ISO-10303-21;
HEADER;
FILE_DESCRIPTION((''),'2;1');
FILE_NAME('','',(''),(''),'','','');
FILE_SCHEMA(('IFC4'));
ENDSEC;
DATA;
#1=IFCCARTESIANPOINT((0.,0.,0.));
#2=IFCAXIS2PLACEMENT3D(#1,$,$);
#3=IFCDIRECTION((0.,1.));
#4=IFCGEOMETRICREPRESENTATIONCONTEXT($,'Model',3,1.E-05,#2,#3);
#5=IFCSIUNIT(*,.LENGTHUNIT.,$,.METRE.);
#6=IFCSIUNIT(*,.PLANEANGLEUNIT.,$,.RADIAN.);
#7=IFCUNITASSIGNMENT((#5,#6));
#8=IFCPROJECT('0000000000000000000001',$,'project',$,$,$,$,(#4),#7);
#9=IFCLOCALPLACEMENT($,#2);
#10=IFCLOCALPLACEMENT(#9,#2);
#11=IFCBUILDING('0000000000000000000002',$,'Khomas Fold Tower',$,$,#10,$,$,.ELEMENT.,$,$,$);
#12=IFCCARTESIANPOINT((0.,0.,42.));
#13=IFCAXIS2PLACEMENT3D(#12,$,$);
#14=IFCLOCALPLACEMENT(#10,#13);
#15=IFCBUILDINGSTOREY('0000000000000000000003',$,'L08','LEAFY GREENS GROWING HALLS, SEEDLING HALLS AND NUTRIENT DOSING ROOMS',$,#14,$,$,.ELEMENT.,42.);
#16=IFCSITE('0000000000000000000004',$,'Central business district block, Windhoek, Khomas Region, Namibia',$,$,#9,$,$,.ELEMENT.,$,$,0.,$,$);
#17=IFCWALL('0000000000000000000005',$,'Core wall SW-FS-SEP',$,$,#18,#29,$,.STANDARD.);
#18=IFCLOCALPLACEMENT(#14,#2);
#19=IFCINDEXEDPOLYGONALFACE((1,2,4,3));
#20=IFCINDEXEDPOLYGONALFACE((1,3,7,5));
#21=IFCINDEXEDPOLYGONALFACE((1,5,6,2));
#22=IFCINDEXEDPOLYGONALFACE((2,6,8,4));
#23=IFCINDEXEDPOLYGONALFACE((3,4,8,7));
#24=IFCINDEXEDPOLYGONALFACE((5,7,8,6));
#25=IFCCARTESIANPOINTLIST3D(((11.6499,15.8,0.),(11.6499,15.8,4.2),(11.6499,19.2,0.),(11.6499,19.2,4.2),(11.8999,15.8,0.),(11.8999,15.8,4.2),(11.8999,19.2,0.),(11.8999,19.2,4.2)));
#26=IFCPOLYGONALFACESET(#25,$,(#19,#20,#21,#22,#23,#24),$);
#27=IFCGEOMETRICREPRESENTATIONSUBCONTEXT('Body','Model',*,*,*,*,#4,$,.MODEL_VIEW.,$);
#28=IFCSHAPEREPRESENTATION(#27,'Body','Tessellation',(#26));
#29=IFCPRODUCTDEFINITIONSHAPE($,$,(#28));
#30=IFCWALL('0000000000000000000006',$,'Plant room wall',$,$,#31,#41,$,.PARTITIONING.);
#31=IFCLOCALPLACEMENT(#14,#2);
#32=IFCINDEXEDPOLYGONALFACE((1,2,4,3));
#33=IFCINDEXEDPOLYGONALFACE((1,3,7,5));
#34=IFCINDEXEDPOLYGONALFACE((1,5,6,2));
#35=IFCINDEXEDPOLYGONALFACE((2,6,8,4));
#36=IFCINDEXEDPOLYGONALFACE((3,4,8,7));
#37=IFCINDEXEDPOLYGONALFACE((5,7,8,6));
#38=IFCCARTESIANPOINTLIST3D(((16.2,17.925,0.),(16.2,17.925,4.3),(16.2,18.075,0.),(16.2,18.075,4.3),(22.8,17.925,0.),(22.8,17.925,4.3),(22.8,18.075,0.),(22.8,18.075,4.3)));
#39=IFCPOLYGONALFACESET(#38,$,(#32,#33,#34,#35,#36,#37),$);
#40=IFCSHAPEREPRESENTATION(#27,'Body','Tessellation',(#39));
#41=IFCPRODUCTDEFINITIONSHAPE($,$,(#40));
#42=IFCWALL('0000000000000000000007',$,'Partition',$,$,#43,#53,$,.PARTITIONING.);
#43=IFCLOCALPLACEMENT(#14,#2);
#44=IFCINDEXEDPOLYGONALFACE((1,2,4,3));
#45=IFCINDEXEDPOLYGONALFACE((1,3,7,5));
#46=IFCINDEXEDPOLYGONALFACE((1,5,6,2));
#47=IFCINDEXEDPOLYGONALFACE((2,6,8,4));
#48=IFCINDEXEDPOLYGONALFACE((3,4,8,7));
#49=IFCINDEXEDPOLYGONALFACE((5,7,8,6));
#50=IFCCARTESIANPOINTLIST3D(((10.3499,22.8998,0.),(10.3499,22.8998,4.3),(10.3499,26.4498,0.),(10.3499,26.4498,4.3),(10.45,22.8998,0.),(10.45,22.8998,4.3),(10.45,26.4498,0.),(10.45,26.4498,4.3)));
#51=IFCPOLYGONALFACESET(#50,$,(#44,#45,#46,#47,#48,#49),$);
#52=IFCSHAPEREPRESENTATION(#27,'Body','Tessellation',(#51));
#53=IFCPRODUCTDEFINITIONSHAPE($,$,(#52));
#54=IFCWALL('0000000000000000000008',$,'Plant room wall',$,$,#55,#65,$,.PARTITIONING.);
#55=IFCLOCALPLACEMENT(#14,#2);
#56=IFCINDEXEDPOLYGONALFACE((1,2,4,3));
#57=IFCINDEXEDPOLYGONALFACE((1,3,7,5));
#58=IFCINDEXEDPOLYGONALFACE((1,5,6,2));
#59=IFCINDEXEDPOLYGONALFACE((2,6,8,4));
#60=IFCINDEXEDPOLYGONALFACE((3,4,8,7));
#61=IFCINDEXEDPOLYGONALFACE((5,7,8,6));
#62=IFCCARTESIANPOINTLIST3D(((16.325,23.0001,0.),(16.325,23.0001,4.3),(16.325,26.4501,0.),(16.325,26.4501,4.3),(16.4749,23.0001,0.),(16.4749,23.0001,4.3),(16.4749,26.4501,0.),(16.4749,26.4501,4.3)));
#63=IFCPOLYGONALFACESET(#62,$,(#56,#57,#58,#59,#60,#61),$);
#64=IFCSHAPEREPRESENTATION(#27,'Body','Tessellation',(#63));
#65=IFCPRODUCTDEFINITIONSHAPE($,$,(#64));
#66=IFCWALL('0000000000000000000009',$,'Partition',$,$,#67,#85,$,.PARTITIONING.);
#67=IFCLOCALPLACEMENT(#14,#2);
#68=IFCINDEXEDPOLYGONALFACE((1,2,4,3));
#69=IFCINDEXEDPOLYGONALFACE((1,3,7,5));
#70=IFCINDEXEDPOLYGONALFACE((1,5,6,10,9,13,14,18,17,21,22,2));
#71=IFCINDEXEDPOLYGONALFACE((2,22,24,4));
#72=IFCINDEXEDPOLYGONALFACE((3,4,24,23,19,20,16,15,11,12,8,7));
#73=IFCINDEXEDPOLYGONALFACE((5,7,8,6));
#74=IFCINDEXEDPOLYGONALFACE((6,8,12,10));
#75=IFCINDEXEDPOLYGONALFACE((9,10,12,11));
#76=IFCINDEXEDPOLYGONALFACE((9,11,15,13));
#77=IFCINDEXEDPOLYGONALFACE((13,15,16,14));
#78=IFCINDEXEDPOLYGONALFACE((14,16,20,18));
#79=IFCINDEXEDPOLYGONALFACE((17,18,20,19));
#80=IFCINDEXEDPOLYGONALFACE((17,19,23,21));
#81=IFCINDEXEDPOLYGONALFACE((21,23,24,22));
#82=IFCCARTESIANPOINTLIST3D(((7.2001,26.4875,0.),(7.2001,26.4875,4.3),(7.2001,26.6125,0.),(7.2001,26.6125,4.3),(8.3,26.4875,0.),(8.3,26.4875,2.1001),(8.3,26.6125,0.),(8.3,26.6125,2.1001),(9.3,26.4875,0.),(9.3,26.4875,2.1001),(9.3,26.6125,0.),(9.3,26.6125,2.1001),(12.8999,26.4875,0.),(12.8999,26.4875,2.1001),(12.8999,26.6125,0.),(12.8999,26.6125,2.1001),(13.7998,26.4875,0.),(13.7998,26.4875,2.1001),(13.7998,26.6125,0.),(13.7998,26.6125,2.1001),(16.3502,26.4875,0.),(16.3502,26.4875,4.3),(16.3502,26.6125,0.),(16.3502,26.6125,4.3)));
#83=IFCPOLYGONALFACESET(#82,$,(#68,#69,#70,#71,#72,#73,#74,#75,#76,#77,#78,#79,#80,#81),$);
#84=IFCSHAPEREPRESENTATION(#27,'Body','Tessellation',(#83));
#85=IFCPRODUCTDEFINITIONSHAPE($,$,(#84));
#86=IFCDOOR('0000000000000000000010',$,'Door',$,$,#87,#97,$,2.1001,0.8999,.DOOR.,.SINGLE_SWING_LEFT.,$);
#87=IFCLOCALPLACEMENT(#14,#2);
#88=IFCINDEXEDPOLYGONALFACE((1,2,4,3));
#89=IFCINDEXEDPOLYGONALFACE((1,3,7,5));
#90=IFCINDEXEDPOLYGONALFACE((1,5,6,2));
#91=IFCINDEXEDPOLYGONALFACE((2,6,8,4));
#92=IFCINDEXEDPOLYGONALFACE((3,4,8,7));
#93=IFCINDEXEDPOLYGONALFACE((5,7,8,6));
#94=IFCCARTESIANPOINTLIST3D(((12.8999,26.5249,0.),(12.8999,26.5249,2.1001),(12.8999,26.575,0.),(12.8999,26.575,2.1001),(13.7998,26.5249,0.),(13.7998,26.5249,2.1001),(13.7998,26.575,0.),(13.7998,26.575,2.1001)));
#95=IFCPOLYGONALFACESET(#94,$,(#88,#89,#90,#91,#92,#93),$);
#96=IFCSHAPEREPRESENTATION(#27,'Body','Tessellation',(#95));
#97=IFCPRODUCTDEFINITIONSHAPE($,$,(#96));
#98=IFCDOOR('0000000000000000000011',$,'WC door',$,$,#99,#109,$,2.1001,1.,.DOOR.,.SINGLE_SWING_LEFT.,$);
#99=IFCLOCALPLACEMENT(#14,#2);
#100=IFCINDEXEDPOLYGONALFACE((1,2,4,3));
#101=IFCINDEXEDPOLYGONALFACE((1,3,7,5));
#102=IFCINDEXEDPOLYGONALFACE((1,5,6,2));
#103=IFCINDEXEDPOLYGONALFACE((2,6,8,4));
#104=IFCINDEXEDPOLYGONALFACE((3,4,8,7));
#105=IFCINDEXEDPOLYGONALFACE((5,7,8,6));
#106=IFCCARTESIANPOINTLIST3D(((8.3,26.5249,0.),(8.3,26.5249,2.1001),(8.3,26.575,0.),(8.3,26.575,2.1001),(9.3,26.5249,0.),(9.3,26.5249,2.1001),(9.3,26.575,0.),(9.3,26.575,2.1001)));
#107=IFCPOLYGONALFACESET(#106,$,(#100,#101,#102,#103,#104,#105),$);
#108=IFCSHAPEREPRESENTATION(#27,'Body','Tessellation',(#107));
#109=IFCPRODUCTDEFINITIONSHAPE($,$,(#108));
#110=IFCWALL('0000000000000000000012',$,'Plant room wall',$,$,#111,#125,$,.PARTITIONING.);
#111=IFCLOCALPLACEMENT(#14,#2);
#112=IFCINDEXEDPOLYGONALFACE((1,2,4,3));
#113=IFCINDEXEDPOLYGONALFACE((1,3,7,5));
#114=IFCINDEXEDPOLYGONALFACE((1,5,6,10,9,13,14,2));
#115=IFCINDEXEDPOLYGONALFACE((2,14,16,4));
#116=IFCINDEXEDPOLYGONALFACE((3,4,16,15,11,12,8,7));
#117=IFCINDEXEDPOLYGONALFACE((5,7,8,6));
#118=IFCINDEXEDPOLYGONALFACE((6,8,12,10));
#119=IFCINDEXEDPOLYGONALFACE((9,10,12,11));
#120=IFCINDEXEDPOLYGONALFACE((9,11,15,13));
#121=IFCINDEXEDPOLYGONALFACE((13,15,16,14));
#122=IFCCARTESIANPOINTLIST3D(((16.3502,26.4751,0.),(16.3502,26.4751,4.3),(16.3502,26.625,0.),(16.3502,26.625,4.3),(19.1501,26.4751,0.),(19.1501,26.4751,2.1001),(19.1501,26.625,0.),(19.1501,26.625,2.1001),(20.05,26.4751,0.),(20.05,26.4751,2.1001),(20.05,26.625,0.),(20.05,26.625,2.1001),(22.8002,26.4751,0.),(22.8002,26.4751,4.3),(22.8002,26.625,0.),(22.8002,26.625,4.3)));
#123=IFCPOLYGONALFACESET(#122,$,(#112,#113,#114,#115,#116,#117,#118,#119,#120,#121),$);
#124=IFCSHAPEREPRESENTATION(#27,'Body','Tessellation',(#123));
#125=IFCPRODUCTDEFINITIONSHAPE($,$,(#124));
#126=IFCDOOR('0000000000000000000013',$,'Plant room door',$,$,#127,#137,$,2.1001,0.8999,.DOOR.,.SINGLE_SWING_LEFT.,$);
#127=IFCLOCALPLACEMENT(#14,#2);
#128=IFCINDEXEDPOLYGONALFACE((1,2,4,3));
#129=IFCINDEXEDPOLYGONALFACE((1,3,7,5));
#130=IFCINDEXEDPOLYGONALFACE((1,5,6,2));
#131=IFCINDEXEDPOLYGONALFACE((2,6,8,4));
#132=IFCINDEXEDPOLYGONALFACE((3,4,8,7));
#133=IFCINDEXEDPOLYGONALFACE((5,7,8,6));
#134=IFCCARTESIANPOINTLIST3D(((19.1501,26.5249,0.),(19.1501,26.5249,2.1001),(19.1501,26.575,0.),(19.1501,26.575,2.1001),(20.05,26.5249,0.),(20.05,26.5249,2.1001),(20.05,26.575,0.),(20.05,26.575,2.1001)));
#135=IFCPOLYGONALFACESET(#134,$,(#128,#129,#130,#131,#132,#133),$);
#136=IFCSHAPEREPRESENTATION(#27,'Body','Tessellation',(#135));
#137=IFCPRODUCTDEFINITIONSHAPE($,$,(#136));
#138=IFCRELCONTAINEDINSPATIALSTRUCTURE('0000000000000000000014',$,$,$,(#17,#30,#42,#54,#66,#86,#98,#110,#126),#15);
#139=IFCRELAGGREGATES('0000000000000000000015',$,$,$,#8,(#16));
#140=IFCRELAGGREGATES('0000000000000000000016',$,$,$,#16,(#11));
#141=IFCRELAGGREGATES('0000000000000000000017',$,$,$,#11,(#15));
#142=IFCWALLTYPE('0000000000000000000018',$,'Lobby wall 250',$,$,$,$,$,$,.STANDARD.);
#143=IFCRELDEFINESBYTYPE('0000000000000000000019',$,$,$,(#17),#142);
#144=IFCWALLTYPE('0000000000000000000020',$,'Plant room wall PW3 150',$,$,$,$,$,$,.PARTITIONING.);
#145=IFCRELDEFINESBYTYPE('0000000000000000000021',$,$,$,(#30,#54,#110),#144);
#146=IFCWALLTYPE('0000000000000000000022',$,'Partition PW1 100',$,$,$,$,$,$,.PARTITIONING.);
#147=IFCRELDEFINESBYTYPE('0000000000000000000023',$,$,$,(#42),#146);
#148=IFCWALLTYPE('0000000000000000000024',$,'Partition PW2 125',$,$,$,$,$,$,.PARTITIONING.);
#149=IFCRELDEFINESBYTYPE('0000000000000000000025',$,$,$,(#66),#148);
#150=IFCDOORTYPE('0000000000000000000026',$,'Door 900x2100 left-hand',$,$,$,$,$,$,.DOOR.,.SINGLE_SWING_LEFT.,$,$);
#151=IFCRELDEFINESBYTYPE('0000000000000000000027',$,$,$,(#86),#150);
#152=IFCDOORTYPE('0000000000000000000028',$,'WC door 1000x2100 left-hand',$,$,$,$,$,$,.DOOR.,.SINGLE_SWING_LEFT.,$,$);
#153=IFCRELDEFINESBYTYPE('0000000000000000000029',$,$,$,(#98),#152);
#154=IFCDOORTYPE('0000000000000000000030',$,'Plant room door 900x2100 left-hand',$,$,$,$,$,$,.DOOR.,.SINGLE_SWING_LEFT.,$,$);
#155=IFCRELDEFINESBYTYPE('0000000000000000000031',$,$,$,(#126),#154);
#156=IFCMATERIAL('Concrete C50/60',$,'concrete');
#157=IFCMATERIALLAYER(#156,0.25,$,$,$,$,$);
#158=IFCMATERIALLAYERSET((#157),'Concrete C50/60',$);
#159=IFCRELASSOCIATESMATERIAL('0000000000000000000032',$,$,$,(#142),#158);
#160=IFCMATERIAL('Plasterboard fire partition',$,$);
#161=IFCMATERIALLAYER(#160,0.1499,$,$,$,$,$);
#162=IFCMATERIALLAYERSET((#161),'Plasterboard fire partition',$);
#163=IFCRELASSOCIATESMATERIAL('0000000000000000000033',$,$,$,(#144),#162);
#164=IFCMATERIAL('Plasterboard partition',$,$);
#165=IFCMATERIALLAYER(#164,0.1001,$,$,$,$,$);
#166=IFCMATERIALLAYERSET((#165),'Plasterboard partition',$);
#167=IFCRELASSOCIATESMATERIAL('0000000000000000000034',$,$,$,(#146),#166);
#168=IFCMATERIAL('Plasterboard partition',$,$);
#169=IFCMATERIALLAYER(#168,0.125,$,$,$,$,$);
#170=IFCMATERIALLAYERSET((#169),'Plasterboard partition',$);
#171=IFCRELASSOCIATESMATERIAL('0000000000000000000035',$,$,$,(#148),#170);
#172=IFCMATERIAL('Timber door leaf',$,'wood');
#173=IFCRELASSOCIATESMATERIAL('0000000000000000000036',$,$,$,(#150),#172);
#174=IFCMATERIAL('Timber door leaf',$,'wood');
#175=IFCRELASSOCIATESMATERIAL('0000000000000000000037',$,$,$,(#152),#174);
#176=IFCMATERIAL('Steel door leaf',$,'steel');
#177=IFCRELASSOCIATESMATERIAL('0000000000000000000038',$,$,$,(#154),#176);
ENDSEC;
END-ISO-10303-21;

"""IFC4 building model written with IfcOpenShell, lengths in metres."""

from ifc_helpers import new_model, si_unit, direction, frame, frame_2d, origin, place, context, subcontext, project, spatial, rectangle, extrude, source, transform, mapped, material, layer, layer_set, type_object, element, fill, save


model = new_model("IFC4")

# Units and contexts
model_context = context("Model", 3, precision=1e-05, world=origin(), true_north=direction((0.0, 1.0)))
body_context = subcontext(model_context, "Body", "Model", "MODEL_VIEW")
ifc_project = project(units=[si_unit("LENGTHUNIT", "METRE"), si_unit("PLANEANGLEUNIT", "RADIAN")], contexts=[model_context])

# Site, building, storey
site_placement = place(None, origin())
site = spatial("IfcSite", under=ifc_project, at=site_placement, Name="Central business district block, Windhoek, Khomas Region, Namibia", CompositionType="ELEMENT", RefElevation=0.0)
building_placement = place(site_placement, origin())
building = spatial("IfcBuilding", under=site, at=building_placement, Name="Khomas Fold Tower", CompositionType="ELEMENT")
storey_placement = place(building_placement, frame((0.0, 0.0, 42.0)))
storey = spatial("IfcBuildingStorey", under=building, at=storey_placement, Name="L08", Description="LEAFY GREENS GROWING HALLS, SEEDLING HALLS AND NUTRIENT DOSING ROOMS", CompositionType="ELEMENT", Elevation=42.0)

# Walls
ifc_material_1 = material(Name="Concrete C50/60", Category="concrete")
ifc_layer_1 = layer(ifc_material_1, 0.25)
ifc_layer_set_1 = layer_set([ifc_layer_1], Name="Concrete C50/60")
wall_type_1 = type_object("IfcWallType", Name="Lobby wall 250", PredefinedType="STANDARD", material=ifc_layer_set_1)
shared_shape_1 = source(origin(), body_context, "Body", "SweptSolid", [
    extrude(rectangle(XDim=3.3999, YDim=0.25, at=frame_2d((1.7, 0.0))), origin(), (0.0, 0.0, 1.0), 4.2),
])
for number, where, z_axis, x_axis, name in (
    (1, (11.7749, 15.8, 0.0), (0.0, 0.0, 1.0), (0.0, 1.0, 0.0), "Core wall SW-FS-SEP"),
):
    element("IfcWall", number, at=place(storey_placement, frame(where, z_axis=z_axis, x_axis=x_axis)), inside=storey, type_object=wall_type_1, Name=name, PredefinedType="STANDARD", context=body_context, shape_type="MappedRepresentation", body=[
        mapped(shared_shape_1, transform((0.0, 0.0, 0.0))),
    ])
ifc_material_2 = material(Name="Plasterboard fire partition")
ifc_layer_2 = layer(ifc_material_2, 0.1499)
ifc_layer_set_2 = layer_set([ifc_layer_2], Name="Plasterboard fire partition")
wall_type_2 = type_object("IfcWallType", Name="Plant room wall PW3 150", PredefinedType="PARTITIONING", material=ifc_layer_set_2)
shared_shape_2 = source(origin(), body_context, "Body", "SweptSolid", [
    extrude(rectangle(XDim=6.6001, YDim=0.1499, at=frame_2d((3.3, 0.0))), origin(), (0.0, 0.0, 1.0), 4.3),
])
wall_1_placement = place(storey_placement, frame((16.2, 18.0, 0.0), z_axis=(0.0, 0.0, 1.0), x_axis=(1.0, 0.0, 0.0)))
element("IfcWall", 2, at=wall_1_placement, inside=storey, type_object=wall_type_2, Name="Plant room wall", PredefinedType="PARTITIONING", context=body_context, shape_type="MappedRepresentation", body=[
    mapped(shared_shape_2, transform((0.0, 0.0, 0.0))),
])
ifc_material_3 = material(Name="Plasterboard partition")
ifc_layer_3 = layer(ifc_material_3, 0.1001)
ifc_layer_set_3 = layer_set([ifc_layer_3], Name="Plasterboard partition")
wall_type_3 = type_object("IfcWallType", Name="Partition PW1 100", PredefinedType="PARTITIONING", material=ifc_layer_set_3)
shared_shape_3 = source(origin(), body_context, "Body", "SweptSolid", [
    extrude(rectangle(XDim=3.55, YDim=0.1001, at=frame_2d((1.7749, 0.0))), origin(), (0.0, 0.0, 1.0), 4.3),
])
wall_2_placement = place(storey_placement, frame((10.3999, 22.8999, 0.0), z_axis=(0.0, 0.0, 1.0), x_axis=(0.0, 1.0, 0.0)))
element("IfcWall", 3, at=wall_2_placement, inside=storey, type_object=wall_type_3, Name="Partition", PredefinedType="PARTITIONING", context=body_context, shape_type="MappedRepresentation", body=[
    mapped(shared_shape_3, transform((0.0, 0.0, 0.0))),
])
shared_shape_4 = source(origin(), body_context, "Body", "SweptSolid", [
    extrude(rectangle(XDim=3.45, YDim=0.1499, at=frame_2d((1.7251, 0.0))), origin(), (0.0, 0.0, 1.0), 4.3),
])
wall_3_placement = place(storey_placement, frame((16.3999, 23.0, 0.0), z_axis=(0.0, 0.0, 1.0), x_axis=(0.0, 1.0, 0.0)))
element("IfcWall", 4, at=wall_3_placement, inside=storey, type_object=wall_type_2, Name="Plant room wall", PredefinedType="PARTITIONING", context=body_context, shape_type="MappedRepresentation", body=[
    mapped(shared_shape_4, transform((0.0, 0.0, 0.0))),
])

# Wall, openings, doors
ifc_material_4 = material(Name="Plasterboard partition")
ifc_layer_4 = layer(ifc_material_4, 0.125)
ifc_layer_set_4 = layer_set([ifc_layer_4], Name="Plasterboard partition")
wall_type_4 = type_object("IfcWallType", Name="Partition PW2 125", PredefinedType="PARTITIONING", material=ifc_layer_set_4)
shared_shape_5 = source(origin(), body_context, "Body", "SweptSolid", [
    extrude(rectangle(XDim=9.1501, YDim=0.125, at=frame_2d((4.5752, 0.0))), origin(), (0.0, 0.0, 1.0), 4.3),
])
wall_4_placement = place(storey_placement, frame((7.2, 26.55, 0.0), z_axis=(0.0, 0.0, 1.0), x_axis=(1.0, 0.0, 0.0)))
wall_4 = element("IfcWall", 5, at=wall_4_placement, inside=storey, type_object=wall_type_4, Name="Partition", PredefinedType="PARTITIONING", context=body_context, shape_type="MappedRepresentation", body=[
    mapped(shared_shape_5, transform((0.0, 0.0, 0.0))),
])
shared_shape_6 = source(origin(), body_context, "Body", "SweptSolid", [
    extrude(rectangle(XDim=1.0, YDim=2.1001, at=frame_2d((0.5, 1.05))), frame((0.0, 0.0725, 0.0), z_axis=(0.0, -1.0, 0.0), x_axis=(1.0, 0.0, 0.0)), (0.0, 0.0, 1.0), 0.145),
])
opening_1_placement = place(wall_4_placement, frame((1.1001, 0.0, 0.0)))
opening_1 = element("IfcOpeningElement", 6, at=opening_1_placement, cuts=wall_4, PredefinedType="OPENING", context=body_context, shape_type="MappedRepresentation", body=[
    mapped(shared_shape_6, transform((0.0, 0.0, 0.0))),
])
shared_shape_7 = source(origin(), body_context, "Body", "SweptSolid", [
    extrude(rectangle(XDim=0.8999, YDim=2.1001, at=frame_2d((0.45, 1.05))), frame((0.0, 0.0725, 0.0), z_axis=(0.0, -1.0, 0.0), x_axis=(1.0, 0.0, 0.0)), (0.0, 0.0, 1.0), 0.145),
])
opening_2_placement = place(wall_4_placement, frame((5.7, 0.0, 0.0)))
opening_2 = element("IfcOpeningElement", 7, at=opening_2_placement, cuts=wall_4, PredefinedType="OPENING", context=body_context, shape_type="MappedRepresentation", body=[
    mapped(shared_shape_7, transform((0.0, 0.0, 0.0))),
])
ifc_material_5 = material(Name="Timber door leaf", Category="wood")
door_type_1 = type_object("IfcDoorType", Name="Door 900x2100 left-hand", OperationType="SINGLE_SWING_LEFT", PredefinedType="DOOR", material=ifc_material_5)
shared_shape_8 = source(origin(), body_context, "Body", "SweptSolid", [
    extrude(rectangle(XDim=0.8999, YDim=2.1001, at=frame_2d((0.45, 1.05))), frame((0.0, 0.0249, 0.0), z_axis=(0.0, -1.0, 0.0), x_axis=(1.0, 0.0, 0.0)), (0.0, 0.0, 1.0), 0.05),
])
door_1_placement = place(opening_2_placement, origin())
door_1 = element("IfcDoor", 8, at=door_1_placement, inside=storey, type_object=door_type_1, Name="Door", OperationType="SINGLE_SWING_LEFT", OverallHeight=2.1001, OverallWidth=0.8999, PredefinedType="DOOR", context=body_context, shape_type="MappedRepresentation", body=[
    mapped(shared_shape_8, transform((0.0, 0.0, 0.0))),
])
fill(opening_2, door_1)
ifc_material_6 = material(Name="Timber door leaf", Category="wood")
door_type_2 = type_object("IfcDoorType", Name="WC door 1000x2100 left-hand", OperationType="SINGLE_SWING_LEFT", PredefinedType="DOOR", material=ifc_material_6)
shared_shape_9 = source(origin(), body_context, "Body", "SweptSolid", [
    extrude(rectangle(XDim=1.0, YDim=2.1001, at=frame_2d((0.5, 1.05))), frame((0.0, 0.0249, 0.0), z_axis=(0.0, -1.0, 0.0), x_axis=(1.0, 0.0, 0.0)), (0.0, 0.0, 1.0), 0.05),
])
door_2_placement = place(opening_1_placement, origin())
door_2 = element("IfcDoor", 9, at=door_2_placement, inside=storey, type_object=door_type_2, Name="WC door", OperationType="SINGLE_SWING_LEFT", OverallHeight=2.1001, OverallWidth=1.0, PredefinedType="DOOR", context=body_context, shape_type="MappedRepresentation", body=[
    mapped(shared_shape_9, transform((0.0, 0.0, 0.0))),
])
fill(opening_1, door_2)

# Wall, opening, door
shared_shape_10 = source(origin(), body_context, "Body", "SweptSolid", [
    extrude(rectangle(XDim=6.45, YDim=0.1499, at=frame_2d((3.2251, 0.0))), origin(), (0.0, 0.0, 1.0), 4.3),
])
wall_5_placement = place(storey_placement, frame((16.3501, 26.55, 0.0), z_axis=(0.0, 0.0, 1.0), x_axis=(1.0, 0.0, 0.0)))
wall_5 = element("IfcWall", 10, at=wall_5_placement, inside=storey, type_object=wall_type_2, Name="Plant room wall", PredefinedType="PARTITIONING", context=body_context, shape_type="MappedRepresentation", body=[
    mapped(shared_shape_10, transform((0.0, 0.0, 0.0))),
])
shared_shape_11 = source(origin(), body_context, "Body", "SweptSolid", [
    extrude(rectangle(XDim=0.8999, YDim=2.1001, at=frame_2d((0.45, 1.05))), frame((0.0, 0.085, 0.0), z_axis=(0.0, -1.0, 0.0), x_axis=(1.0, 0.0, 0.0)), (0.0, 0.0, 1.0), 0.1699),
])
opening_3_placement = place(wall_5_placement, frame((2.8, 0.0, 0.0)))
opening_3 = element("IfcOpeningElement", 11, at=opening_3_placement, cuts=wall_5, PredefinedType="OPENING", context=body_context, shape_type="MappedRepresentation", body=[
    mapped(shared_shape_11, transform((0.0, 0.0, 0.0))),
])
ifc_material_7 = material(Name="Steel door leaf", Category="steel")
door_type_3 = type_object("IfcDoorType", Name="Plant room door 900x2100 left-hand", OperationType="SINGLE_SWING_LEFT", PredefinedType="DOOR", material=ifc_material_7)
door_3_placement = place(opening_3_placement, origin())
door_3 = element("IfcDoor", 12, at=door_3_placement, inside=storey, type_object=door_type_3, Name="Plant room door", OperationType="SINGLE_SWING_LEFT", OverallHeight=2.1001, OverallWidth=0.8999, PredefinedType="DOOR", context=body_context, shape_type="MappedRepresentation", body=[
    mapped(shared_shape_8, transform((0.0, 0.0, 0.0))),
])
fill(opening_3, door_3)

save(model, "model.ifc")
